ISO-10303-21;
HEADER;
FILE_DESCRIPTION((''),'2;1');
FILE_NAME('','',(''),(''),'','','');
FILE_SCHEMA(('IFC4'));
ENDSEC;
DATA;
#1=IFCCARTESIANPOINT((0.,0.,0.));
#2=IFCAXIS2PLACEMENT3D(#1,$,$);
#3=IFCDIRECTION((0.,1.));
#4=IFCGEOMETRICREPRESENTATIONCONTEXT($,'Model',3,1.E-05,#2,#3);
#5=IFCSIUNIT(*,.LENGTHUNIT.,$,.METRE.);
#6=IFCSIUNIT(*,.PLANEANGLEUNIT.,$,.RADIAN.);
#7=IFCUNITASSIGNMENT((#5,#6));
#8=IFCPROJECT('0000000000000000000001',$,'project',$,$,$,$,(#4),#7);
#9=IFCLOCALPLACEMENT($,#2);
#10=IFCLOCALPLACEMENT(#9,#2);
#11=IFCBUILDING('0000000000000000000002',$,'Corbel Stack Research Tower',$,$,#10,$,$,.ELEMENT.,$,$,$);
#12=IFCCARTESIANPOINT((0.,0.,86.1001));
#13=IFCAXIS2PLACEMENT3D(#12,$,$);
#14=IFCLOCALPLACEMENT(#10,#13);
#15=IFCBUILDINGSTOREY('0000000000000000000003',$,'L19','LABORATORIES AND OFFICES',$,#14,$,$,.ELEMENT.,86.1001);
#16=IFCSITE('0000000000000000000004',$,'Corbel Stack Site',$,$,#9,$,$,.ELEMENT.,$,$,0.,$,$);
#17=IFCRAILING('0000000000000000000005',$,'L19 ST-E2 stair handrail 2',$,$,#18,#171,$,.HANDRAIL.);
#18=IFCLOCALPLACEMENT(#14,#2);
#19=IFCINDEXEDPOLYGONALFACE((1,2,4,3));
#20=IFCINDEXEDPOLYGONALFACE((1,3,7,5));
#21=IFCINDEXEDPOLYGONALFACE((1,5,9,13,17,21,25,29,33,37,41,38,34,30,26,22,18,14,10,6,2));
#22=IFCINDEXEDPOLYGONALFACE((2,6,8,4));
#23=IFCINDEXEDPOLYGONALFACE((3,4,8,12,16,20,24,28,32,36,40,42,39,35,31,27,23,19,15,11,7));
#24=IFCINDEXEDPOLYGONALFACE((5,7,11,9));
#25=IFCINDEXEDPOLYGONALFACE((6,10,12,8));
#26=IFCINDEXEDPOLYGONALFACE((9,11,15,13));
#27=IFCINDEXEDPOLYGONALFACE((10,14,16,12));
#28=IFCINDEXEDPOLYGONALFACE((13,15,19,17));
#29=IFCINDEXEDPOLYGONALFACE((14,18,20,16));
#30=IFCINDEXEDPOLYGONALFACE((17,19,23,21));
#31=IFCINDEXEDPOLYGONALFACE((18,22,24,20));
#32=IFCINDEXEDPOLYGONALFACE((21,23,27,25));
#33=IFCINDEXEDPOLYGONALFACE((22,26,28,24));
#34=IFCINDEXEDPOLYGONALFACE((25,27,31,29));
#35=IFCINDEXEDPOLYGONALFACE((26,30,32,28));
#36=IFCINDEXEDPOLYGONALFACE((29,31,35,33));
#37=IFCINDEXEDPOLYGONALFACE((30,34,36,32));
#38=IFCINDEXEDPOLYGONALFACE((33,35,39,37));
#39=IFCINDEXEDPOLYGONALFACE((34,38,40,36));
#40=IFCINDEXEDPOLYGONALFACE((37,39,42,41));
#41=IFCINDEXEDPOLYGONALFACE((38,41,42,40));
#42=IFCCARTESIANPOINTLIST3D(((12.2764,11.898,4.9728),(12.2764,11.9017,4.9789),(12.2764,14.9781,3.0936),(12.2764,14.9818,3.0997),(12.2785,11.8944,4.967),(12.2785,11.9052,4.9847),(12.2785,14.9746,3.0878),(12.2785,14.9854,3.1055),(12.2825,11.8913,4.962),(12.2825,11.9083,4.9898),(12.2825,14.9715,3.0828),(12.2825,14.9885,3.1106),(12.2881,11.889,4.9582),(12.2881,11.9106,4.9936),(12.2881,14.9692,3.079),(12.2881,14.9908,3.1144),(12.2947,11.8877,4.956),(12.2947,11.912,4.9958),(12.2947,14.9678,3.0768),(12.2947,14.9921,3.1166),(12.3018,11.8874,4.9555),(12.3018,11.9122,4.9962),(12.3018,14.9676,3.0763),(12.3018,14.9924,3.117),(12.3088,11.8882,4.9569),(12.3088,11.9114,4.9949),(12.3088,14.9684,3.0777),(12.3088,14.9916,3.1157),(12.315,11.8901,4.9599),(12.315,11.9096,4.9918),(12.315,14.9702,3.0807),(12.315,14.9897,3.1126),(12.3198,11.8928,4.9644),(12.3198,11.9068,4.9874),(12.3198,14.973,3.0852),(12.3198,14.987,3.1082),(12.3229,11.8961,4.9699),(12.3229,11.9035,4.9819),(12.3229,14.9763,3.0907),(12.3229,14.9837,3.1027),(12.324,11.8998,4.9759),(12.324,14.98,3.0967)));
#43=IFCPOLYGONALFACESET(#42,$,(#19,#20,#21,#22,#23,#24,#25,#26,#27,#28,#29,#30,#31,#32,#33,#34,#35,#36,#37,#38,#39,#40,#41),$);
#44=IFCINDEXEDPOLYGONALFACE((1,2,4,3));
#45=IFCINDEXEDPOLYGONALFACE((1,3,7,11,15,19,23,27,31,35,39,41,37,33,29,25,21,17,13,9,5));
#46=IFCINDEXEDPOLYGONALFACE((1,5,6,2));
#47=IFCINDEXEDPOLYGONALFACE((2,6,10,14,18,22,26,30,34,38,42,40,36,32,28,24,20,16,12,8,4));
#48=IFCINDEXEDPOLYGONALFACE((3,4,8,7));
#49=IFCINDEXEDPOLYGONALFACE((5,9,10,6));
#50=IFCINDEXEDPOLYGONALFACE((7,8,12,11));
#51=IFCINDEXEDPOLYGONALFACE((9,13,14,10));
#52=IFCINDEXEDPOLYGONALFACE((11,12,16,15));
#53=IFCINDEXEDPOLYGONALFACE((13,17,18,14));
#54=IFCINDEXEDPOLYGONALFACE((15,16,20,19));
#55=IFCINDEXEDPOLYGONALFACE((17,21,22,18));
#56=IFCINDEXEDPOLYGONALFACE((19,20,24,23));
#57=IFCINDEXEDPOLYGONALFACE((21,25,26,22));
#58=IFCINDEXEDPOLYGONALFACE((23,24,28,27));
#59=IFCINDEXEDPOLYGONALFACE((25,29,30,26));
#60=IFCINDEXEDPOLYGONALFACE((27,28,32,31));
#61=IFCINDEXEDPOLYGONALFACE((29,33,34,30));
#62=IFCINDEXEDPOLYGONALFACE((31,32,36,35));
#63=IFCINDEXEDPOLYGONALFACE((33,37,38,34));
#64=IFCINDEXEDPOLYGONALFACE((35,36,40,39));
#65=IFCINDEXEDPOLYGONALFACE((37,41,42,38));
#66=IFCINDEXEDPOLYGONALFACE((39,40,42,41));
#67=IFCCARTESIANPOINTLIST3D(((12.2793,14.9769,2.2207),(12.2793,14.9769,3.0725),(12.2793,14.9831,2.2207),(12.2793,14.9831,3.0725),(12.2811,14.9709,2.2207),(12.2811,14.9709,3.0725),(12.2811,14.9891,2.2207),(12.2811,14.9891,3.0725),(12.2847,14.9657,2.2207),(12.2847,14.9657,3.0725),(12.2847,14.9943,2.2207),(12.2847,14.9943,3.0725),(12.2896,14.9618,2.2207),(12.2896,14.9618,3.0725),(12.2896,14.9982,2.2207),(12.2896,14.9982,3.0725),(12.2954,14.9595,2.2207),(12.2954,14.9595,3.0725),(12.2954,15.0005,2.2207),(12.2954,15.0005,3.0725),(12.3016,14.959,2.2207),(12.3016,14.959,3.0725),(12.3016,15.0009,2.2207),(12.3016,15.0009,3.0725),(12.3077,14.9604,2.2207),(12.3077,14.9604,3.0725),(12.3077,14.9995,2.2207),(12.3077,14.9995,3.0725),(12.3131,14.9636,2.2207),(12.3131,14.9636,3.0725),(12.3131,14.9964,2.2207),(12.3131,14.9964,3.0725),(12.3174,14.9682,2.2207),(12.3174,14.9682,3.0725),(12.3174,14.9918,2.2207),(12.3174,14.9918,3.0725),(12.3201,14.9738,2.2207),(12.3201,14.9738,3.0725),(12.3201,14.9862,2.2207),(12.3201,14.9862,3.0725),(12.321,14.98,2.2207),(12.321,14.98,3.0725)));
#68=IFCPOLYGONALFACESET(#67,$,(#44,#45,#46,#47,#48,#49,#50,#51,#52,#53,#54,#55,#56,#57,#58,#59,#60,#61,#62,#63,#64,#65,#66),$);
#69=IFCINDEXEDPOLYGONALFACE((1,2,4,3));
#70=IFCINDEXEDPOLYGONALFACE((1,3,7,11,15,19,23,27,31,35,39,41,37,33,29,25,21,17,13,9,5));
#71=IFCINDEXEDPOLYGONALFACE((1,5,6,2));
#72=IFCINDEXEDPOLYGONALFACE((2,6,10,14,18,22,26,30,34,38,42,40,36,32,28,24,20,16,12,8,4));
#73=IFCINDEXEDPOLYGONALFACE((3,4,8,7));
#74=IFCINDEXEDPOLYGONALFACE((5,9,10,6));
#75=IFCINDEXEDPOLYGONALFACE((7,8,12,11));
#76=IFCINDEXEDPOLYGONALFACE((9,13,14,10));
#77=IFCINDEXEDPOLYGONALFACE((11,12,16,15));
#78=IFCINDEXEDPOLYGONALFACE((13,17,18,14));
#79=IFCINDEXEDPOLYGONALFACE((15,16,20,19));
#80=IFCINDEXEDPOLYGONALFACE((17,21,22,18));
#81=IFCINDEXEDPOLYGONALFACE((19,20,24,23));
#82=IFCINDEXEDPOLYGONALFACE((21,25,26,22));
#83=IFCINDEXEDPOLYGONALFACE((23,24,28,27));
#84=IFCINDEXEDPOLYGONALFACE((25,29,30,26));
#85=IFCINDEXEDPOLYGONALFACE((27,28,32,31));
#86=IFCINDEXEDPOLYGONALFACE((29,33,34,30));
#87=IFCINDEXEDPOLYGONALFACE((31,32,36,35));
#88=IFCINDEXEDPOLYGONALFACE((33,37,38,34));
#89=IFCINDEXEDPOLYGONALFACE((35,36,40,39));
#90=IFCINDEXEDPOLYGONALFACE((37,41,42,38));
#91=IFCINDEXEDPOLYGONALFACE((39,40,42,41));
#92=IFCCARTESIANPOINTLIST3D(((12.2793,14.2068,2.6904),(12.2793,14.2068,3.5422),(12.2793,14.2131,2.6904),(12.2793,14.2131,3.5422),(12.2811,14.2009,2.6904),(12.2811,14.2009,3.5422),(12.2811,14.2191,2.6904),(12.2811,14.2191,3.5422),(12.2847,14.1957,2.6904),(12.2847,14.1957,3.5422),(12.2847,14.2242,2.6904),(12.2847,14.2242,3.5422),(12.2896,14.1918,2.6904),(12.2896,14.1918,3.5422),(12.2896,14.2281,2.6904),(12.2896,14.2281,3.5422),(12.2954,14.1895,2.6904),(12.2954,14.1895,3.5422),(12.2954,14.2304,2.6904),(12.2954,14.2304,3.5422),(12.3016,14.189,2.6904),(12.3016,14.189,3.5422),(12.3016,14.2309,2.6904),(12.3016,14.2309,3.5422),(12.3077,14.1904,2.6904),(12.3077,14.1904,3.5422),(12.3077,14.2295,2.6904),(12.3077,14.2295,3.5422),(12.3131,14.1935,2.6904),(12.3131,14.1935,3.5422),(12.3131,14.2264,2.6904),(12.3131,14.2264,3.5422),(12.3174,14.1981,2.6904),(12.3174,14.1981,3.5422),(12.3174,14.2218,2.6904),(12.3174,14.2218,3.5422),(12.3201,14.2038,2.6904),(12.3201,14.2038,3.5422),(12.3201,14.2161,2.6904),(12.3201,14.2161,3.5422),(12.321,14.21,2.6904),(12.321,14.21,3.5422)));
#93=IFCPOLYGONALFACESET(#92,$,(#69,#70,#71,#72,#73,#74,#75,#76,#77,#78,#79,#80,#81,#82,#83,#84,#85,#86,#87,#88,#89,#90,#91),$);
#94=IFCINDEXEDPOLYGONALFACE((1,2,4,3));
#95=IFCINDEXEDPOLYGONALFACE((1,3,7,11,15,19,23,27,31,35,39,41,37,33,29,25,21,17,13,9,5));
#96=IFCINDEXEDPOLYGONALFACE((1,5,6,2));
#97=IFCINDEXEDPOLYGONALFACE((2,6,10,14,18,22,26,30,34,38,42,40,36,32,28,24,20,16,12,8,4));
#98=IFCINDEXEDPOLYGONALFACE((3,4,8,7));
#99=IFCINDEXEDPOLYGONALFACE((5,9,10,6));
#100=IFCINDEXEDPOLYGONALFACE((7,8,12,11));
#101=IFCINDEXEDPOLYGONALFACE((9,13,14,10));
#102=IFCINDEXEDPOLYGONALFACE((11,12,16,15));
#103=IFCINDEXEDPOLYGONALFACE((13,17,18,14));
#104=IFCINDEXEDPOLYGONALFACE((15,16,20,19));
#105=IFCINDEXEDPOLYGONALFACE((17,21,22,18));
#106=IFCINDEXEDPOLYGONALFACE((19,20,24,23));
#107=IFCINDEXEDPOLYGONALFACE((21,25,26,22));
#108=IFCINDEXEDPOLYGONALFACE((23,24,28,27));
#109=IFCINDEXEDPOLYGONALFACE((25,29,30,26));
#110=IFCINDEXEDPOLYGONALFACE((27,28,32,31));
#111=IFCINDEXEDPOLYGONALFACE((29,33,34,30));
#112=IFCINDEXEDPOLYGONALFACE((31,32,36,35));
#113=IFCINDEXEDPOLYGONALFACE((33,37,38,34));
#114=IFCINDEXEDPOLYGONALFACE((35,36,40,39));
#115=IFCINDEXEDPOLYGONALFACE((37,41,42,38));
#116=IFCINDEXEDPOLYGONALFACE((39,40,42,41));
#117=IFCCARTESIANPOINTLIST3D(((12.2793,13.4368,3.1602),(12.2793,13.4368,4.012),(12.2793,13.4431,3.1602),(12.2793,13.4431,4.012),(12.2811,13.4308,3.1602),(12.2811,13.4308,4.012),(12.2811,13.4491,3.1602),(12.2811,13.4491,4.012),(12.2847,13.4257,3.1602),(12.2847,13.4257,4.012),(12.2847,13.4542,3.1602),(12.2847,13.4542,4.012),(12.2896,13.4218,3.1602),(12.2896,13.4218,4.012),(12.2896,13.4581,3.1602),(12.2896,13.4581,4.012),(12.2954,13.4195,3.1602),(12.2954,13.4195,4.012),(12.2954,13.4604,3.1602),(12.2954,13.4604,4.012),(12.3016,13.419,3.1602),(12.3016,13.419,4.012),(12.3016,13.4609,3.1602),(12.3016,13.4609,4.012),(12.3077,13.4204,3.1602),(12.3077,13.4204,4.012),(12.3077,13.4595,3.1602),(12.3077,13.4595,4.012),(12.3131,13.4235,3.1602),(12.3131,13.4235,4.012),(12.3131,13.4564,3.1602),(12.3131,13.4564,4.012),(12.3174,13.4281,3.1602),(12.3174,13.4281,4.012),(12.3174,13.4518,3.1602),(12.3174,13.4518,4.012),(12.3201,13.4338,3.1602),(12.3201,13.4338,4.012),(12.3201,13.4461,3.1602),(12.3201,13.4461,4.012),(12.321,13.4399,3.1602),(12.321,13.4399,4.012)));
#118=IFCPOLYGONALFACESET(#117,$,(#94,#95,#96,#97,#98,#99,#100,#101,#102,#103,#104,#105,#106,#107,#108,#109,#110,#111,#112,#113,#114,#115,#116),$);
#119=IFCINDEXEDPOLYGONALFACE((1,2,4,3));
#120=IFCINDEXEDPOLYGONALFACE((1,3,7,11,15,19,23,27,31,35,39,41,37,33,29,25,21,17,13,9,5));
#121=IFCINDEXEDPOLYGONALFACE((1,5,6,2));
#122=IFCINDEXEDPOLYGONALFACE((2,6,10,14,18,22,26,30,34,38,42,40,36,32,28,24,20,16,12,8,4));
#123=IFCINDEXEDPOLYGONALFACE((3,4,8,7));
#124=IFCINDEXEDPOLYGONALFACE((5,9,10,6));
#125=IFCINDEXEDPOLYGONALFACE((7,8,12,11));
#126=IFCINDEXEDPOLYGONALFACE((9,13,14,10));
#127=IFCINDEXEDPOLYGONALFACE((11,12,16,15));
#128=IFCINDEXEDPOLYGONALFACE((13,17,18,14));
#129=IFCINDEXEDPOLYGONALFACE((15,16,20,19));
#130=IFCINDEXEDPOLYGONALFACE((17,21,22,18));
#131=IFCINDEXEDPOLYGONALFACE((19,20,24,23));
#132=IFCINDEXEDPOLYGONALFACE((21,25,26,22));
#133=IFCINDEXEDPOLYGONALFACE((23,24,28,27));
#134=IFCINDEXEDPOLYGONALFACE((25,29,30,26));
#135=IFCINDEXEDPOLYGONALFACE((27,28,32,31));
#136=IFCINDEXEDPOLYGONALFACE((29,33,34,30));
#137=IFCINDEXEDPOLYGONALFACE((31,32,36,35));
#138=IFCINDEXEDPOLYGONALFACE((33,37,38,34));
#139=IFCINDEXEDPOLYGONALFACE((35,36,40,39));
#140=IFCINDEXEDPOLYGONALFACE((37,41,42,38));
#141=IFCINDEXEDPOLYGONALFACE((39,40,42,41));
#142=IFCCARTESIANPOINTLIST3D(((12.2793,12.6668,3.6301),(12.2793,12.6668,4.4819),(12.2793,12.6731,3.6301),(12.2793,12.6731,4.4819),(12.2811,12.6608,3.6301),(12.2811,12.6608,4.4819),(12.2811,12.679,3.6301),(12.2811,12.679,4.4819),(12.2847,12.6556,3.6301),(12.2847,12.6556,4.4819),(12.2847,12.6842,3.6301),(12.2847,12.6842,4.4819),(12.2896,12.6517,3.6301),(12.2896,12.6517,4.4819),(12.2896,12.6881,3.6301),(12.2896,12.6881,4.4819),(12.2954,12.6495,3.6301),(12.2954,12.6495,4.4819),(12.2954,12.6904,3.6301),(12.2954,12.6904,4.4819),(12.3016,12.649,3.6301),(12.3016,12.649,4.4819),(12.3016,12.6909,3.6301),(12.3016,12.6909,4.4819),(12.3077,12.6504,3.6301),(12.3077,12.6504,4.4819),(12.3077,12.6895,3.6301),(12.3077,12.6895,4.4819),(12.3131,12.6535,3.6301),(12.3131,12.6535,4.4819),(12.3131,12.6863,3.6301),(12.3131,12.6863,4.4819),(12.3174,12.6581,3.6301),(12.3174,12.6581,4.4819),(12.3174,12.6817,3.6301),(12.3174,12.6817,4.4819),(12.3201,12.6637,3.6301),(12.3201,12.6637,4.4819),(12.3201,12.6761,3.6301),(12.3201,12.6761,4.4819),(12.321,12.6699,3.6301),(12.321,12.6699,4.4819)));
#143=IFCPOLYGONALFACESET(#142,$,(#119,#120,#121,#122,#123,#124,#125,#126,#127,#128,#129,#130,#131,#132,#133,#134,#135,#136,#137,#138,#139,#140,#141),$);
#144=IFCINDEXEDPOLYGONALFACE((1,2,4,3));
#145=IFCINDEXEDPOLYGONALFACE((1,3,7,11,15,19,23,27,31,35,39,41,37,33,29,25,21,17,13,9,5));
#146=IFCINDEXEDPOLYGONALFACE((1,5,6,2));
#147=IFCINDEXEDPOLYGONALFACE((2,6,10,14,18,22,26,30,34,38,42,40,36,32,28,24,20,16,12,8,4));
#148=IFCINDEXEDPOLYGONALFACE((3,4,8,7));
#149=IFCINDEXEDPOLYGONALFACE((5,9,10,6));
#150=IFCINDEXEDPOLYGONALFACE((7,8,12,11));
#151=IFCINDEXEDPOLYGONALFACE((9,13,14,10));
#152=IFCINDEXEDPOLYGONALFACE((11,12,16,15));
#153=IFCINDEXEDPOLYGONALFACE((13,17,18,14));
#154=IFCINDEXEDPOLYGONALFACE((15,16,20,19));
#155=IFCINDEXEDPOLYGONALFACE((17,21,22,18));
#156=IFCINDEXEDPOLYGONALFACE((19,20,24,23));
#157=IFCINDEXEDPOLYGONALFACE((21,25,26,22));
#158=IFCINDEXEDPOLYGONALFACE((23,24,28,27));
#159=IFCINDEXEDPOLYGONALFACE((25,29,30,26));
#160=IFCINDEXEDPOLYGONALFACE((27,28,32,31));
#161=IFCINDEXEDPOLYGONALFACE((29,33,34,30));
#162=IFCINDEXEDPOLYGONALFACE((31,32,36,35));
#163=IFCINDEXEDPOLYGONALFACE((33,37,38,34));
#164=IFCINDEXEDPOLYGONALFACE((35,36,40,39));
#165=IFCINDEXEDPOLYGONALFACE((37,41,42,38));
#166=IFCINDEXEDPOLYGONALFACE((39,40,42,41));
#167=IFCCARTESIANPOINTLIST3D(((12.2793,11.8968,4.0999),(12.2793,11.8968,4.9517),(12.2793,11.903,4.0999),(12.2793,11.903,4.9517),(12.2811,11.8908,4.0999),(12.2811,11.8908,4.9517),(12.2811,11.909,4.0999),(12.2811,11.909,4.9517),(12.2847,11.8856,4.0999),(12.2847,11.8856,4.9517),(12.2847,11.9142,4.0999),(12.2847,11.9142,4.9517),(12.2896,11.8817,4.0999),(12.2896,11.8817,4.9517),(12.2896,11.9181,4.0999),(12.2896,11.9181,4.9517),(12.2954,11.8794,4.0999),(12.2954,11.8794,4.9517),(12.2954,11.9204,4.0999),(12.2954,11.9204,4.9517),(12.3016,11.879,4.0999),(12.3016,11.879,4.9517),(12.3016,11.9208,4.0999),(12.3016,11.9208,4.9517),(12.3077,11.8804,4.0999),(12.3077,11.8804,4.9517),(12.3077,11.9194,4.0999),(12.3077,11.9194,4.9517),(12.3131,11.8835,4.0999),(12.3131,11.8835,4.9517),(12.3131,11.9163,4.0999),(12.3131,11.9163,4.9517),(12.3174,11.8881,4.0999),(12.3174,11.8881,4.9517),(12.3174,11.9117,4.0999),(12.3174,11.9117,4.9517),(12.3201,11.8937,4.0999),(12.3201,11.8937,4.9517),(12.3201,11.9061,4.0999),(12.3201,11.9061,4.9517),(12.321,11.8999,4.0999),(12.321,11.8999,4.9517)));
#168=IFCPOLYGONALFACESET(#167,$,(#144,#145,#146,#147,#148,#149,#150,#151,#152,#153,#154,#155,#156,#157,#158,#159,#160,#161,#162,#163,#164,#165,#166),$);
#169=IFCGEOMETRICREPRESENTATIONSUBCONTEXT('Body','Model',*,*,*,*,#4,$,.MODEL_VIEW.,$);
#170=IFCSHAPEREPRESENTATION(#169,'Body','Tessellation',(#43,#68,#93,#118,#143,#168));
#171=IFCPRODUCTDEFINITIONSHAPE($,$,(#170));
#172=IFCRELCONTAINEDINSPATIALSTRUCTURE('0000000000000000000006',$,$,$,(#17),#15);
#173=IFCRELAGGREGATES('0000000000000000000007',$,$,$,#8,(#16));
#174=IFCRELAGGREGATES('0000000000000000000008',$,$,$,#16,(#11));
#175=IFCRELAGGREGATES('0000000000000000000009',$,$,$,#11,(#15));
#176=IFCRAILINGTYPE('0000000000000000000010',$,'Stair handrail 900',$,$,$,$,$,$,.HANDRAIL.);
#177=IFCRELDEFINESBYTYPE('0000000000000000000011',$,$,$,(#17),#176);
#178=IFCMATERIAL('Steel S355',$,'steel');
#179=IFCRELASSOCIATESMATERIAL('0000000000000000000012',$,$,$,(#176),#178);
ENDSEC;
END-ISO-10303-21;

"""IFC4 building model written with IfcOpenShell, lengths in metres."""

from ifc_helpers import new_model, si_unit, direction, frame, origin, origin_2d, place, context, subcontext, project, spatial, circle, extrude, material, type_object, element, save


model = new_model("IFC4")

# Units and contexts
model_context = context("Model", 3, precision=1e-05, world=origin(), true_north=direction((0.0, 1.0)))
body_context = subcontext(model_context, "Body", "Model", "MODEL_VIEW")
ifc_project = project(units=[si_unit("LENGTHUNIT", "METRE"), si_unit("PLANEANGLEUNIT", "RADIAN")], contexts=[model_context])

# Site, building, storey
site_placement = place(None, origin())
site = spatial("IfcSite", under=ifc_project, at=site_placement, Name="Corbel Stack Site", CompositionType="ELEMENT", RefElevation=0.0)
building_placement = place(site_placement, origin())
building = spatial("IfcBuilding", under=site, at=building_placement, Name="Corbel Stack Research Tower", CompositionType="ELEMENT")
storey_placement = place(building_placement, frame((0.0, 0.0, 86.1001)))
storey = spatial("IfcBuildingStorey", under=building, at=storey_placement, Name="L19", Description="LABORATORIES AND OFFICES", CompositionType="ELEMENT", Elevation=86.1001)

# Railing
ifc_material_1 = material(Name="Steel S355", Category="steel")
railing_type_1 = type_object("IfcRailingType", Name="Stair handrail 900", PredefinedType="HANDRAIL", material=ifc_material_1)
railing_1_placement = place(storey_placement, frame((12.3, 14.98, 2.2207)))
element("IfcRailing", 1, at=railing_1_placement, inside=storey, type_object=railing_type_1, Name="L19 ST-E2 stair handrail 2", PredefinedType="HANDRAIL", context=body_context, shape_type="SweptSolid", body=[
    extrude(circle(Radius=0.0239, at=origin_2d()), frame((0.0, 0.0, 0.876), z_axis=(0.0, -0.853666, 0.52082), x_axis=(1.0, 0.0, 0.0)), (0.0, 0.0, 1.0), 3.6082),
    extrude(circle(Radius=0.021, at=origin_2d()), origin(), (0.0, 0.0, 1.0), 0.8518),
    extrude(circle(Radius=0.021, at=origin_2d()), frame((0.0, -0.77, 0.4697)), (0.0, 0.0, 1.0), 0.8518),
    extrude(circle(Radius=0.021, at=origin_2d()), frame((0.0, -1.54, 0.9395)), (0.0, 0.0, 1.0), 0.8518),
    extrude(circle(Radius=0.021, at=origin_2d()), frame((0.0, -2.3101, 1.4094)), (0.0, 0.0, 1.0), 0.8518),
    extrude(circle(Radius=0.021, at=origin_2d()), frame((0.0, -3.0801, 1.8792)), (0.0, 0.0, 1.0), 0.8518),
])

save(model, "model.ifc")
